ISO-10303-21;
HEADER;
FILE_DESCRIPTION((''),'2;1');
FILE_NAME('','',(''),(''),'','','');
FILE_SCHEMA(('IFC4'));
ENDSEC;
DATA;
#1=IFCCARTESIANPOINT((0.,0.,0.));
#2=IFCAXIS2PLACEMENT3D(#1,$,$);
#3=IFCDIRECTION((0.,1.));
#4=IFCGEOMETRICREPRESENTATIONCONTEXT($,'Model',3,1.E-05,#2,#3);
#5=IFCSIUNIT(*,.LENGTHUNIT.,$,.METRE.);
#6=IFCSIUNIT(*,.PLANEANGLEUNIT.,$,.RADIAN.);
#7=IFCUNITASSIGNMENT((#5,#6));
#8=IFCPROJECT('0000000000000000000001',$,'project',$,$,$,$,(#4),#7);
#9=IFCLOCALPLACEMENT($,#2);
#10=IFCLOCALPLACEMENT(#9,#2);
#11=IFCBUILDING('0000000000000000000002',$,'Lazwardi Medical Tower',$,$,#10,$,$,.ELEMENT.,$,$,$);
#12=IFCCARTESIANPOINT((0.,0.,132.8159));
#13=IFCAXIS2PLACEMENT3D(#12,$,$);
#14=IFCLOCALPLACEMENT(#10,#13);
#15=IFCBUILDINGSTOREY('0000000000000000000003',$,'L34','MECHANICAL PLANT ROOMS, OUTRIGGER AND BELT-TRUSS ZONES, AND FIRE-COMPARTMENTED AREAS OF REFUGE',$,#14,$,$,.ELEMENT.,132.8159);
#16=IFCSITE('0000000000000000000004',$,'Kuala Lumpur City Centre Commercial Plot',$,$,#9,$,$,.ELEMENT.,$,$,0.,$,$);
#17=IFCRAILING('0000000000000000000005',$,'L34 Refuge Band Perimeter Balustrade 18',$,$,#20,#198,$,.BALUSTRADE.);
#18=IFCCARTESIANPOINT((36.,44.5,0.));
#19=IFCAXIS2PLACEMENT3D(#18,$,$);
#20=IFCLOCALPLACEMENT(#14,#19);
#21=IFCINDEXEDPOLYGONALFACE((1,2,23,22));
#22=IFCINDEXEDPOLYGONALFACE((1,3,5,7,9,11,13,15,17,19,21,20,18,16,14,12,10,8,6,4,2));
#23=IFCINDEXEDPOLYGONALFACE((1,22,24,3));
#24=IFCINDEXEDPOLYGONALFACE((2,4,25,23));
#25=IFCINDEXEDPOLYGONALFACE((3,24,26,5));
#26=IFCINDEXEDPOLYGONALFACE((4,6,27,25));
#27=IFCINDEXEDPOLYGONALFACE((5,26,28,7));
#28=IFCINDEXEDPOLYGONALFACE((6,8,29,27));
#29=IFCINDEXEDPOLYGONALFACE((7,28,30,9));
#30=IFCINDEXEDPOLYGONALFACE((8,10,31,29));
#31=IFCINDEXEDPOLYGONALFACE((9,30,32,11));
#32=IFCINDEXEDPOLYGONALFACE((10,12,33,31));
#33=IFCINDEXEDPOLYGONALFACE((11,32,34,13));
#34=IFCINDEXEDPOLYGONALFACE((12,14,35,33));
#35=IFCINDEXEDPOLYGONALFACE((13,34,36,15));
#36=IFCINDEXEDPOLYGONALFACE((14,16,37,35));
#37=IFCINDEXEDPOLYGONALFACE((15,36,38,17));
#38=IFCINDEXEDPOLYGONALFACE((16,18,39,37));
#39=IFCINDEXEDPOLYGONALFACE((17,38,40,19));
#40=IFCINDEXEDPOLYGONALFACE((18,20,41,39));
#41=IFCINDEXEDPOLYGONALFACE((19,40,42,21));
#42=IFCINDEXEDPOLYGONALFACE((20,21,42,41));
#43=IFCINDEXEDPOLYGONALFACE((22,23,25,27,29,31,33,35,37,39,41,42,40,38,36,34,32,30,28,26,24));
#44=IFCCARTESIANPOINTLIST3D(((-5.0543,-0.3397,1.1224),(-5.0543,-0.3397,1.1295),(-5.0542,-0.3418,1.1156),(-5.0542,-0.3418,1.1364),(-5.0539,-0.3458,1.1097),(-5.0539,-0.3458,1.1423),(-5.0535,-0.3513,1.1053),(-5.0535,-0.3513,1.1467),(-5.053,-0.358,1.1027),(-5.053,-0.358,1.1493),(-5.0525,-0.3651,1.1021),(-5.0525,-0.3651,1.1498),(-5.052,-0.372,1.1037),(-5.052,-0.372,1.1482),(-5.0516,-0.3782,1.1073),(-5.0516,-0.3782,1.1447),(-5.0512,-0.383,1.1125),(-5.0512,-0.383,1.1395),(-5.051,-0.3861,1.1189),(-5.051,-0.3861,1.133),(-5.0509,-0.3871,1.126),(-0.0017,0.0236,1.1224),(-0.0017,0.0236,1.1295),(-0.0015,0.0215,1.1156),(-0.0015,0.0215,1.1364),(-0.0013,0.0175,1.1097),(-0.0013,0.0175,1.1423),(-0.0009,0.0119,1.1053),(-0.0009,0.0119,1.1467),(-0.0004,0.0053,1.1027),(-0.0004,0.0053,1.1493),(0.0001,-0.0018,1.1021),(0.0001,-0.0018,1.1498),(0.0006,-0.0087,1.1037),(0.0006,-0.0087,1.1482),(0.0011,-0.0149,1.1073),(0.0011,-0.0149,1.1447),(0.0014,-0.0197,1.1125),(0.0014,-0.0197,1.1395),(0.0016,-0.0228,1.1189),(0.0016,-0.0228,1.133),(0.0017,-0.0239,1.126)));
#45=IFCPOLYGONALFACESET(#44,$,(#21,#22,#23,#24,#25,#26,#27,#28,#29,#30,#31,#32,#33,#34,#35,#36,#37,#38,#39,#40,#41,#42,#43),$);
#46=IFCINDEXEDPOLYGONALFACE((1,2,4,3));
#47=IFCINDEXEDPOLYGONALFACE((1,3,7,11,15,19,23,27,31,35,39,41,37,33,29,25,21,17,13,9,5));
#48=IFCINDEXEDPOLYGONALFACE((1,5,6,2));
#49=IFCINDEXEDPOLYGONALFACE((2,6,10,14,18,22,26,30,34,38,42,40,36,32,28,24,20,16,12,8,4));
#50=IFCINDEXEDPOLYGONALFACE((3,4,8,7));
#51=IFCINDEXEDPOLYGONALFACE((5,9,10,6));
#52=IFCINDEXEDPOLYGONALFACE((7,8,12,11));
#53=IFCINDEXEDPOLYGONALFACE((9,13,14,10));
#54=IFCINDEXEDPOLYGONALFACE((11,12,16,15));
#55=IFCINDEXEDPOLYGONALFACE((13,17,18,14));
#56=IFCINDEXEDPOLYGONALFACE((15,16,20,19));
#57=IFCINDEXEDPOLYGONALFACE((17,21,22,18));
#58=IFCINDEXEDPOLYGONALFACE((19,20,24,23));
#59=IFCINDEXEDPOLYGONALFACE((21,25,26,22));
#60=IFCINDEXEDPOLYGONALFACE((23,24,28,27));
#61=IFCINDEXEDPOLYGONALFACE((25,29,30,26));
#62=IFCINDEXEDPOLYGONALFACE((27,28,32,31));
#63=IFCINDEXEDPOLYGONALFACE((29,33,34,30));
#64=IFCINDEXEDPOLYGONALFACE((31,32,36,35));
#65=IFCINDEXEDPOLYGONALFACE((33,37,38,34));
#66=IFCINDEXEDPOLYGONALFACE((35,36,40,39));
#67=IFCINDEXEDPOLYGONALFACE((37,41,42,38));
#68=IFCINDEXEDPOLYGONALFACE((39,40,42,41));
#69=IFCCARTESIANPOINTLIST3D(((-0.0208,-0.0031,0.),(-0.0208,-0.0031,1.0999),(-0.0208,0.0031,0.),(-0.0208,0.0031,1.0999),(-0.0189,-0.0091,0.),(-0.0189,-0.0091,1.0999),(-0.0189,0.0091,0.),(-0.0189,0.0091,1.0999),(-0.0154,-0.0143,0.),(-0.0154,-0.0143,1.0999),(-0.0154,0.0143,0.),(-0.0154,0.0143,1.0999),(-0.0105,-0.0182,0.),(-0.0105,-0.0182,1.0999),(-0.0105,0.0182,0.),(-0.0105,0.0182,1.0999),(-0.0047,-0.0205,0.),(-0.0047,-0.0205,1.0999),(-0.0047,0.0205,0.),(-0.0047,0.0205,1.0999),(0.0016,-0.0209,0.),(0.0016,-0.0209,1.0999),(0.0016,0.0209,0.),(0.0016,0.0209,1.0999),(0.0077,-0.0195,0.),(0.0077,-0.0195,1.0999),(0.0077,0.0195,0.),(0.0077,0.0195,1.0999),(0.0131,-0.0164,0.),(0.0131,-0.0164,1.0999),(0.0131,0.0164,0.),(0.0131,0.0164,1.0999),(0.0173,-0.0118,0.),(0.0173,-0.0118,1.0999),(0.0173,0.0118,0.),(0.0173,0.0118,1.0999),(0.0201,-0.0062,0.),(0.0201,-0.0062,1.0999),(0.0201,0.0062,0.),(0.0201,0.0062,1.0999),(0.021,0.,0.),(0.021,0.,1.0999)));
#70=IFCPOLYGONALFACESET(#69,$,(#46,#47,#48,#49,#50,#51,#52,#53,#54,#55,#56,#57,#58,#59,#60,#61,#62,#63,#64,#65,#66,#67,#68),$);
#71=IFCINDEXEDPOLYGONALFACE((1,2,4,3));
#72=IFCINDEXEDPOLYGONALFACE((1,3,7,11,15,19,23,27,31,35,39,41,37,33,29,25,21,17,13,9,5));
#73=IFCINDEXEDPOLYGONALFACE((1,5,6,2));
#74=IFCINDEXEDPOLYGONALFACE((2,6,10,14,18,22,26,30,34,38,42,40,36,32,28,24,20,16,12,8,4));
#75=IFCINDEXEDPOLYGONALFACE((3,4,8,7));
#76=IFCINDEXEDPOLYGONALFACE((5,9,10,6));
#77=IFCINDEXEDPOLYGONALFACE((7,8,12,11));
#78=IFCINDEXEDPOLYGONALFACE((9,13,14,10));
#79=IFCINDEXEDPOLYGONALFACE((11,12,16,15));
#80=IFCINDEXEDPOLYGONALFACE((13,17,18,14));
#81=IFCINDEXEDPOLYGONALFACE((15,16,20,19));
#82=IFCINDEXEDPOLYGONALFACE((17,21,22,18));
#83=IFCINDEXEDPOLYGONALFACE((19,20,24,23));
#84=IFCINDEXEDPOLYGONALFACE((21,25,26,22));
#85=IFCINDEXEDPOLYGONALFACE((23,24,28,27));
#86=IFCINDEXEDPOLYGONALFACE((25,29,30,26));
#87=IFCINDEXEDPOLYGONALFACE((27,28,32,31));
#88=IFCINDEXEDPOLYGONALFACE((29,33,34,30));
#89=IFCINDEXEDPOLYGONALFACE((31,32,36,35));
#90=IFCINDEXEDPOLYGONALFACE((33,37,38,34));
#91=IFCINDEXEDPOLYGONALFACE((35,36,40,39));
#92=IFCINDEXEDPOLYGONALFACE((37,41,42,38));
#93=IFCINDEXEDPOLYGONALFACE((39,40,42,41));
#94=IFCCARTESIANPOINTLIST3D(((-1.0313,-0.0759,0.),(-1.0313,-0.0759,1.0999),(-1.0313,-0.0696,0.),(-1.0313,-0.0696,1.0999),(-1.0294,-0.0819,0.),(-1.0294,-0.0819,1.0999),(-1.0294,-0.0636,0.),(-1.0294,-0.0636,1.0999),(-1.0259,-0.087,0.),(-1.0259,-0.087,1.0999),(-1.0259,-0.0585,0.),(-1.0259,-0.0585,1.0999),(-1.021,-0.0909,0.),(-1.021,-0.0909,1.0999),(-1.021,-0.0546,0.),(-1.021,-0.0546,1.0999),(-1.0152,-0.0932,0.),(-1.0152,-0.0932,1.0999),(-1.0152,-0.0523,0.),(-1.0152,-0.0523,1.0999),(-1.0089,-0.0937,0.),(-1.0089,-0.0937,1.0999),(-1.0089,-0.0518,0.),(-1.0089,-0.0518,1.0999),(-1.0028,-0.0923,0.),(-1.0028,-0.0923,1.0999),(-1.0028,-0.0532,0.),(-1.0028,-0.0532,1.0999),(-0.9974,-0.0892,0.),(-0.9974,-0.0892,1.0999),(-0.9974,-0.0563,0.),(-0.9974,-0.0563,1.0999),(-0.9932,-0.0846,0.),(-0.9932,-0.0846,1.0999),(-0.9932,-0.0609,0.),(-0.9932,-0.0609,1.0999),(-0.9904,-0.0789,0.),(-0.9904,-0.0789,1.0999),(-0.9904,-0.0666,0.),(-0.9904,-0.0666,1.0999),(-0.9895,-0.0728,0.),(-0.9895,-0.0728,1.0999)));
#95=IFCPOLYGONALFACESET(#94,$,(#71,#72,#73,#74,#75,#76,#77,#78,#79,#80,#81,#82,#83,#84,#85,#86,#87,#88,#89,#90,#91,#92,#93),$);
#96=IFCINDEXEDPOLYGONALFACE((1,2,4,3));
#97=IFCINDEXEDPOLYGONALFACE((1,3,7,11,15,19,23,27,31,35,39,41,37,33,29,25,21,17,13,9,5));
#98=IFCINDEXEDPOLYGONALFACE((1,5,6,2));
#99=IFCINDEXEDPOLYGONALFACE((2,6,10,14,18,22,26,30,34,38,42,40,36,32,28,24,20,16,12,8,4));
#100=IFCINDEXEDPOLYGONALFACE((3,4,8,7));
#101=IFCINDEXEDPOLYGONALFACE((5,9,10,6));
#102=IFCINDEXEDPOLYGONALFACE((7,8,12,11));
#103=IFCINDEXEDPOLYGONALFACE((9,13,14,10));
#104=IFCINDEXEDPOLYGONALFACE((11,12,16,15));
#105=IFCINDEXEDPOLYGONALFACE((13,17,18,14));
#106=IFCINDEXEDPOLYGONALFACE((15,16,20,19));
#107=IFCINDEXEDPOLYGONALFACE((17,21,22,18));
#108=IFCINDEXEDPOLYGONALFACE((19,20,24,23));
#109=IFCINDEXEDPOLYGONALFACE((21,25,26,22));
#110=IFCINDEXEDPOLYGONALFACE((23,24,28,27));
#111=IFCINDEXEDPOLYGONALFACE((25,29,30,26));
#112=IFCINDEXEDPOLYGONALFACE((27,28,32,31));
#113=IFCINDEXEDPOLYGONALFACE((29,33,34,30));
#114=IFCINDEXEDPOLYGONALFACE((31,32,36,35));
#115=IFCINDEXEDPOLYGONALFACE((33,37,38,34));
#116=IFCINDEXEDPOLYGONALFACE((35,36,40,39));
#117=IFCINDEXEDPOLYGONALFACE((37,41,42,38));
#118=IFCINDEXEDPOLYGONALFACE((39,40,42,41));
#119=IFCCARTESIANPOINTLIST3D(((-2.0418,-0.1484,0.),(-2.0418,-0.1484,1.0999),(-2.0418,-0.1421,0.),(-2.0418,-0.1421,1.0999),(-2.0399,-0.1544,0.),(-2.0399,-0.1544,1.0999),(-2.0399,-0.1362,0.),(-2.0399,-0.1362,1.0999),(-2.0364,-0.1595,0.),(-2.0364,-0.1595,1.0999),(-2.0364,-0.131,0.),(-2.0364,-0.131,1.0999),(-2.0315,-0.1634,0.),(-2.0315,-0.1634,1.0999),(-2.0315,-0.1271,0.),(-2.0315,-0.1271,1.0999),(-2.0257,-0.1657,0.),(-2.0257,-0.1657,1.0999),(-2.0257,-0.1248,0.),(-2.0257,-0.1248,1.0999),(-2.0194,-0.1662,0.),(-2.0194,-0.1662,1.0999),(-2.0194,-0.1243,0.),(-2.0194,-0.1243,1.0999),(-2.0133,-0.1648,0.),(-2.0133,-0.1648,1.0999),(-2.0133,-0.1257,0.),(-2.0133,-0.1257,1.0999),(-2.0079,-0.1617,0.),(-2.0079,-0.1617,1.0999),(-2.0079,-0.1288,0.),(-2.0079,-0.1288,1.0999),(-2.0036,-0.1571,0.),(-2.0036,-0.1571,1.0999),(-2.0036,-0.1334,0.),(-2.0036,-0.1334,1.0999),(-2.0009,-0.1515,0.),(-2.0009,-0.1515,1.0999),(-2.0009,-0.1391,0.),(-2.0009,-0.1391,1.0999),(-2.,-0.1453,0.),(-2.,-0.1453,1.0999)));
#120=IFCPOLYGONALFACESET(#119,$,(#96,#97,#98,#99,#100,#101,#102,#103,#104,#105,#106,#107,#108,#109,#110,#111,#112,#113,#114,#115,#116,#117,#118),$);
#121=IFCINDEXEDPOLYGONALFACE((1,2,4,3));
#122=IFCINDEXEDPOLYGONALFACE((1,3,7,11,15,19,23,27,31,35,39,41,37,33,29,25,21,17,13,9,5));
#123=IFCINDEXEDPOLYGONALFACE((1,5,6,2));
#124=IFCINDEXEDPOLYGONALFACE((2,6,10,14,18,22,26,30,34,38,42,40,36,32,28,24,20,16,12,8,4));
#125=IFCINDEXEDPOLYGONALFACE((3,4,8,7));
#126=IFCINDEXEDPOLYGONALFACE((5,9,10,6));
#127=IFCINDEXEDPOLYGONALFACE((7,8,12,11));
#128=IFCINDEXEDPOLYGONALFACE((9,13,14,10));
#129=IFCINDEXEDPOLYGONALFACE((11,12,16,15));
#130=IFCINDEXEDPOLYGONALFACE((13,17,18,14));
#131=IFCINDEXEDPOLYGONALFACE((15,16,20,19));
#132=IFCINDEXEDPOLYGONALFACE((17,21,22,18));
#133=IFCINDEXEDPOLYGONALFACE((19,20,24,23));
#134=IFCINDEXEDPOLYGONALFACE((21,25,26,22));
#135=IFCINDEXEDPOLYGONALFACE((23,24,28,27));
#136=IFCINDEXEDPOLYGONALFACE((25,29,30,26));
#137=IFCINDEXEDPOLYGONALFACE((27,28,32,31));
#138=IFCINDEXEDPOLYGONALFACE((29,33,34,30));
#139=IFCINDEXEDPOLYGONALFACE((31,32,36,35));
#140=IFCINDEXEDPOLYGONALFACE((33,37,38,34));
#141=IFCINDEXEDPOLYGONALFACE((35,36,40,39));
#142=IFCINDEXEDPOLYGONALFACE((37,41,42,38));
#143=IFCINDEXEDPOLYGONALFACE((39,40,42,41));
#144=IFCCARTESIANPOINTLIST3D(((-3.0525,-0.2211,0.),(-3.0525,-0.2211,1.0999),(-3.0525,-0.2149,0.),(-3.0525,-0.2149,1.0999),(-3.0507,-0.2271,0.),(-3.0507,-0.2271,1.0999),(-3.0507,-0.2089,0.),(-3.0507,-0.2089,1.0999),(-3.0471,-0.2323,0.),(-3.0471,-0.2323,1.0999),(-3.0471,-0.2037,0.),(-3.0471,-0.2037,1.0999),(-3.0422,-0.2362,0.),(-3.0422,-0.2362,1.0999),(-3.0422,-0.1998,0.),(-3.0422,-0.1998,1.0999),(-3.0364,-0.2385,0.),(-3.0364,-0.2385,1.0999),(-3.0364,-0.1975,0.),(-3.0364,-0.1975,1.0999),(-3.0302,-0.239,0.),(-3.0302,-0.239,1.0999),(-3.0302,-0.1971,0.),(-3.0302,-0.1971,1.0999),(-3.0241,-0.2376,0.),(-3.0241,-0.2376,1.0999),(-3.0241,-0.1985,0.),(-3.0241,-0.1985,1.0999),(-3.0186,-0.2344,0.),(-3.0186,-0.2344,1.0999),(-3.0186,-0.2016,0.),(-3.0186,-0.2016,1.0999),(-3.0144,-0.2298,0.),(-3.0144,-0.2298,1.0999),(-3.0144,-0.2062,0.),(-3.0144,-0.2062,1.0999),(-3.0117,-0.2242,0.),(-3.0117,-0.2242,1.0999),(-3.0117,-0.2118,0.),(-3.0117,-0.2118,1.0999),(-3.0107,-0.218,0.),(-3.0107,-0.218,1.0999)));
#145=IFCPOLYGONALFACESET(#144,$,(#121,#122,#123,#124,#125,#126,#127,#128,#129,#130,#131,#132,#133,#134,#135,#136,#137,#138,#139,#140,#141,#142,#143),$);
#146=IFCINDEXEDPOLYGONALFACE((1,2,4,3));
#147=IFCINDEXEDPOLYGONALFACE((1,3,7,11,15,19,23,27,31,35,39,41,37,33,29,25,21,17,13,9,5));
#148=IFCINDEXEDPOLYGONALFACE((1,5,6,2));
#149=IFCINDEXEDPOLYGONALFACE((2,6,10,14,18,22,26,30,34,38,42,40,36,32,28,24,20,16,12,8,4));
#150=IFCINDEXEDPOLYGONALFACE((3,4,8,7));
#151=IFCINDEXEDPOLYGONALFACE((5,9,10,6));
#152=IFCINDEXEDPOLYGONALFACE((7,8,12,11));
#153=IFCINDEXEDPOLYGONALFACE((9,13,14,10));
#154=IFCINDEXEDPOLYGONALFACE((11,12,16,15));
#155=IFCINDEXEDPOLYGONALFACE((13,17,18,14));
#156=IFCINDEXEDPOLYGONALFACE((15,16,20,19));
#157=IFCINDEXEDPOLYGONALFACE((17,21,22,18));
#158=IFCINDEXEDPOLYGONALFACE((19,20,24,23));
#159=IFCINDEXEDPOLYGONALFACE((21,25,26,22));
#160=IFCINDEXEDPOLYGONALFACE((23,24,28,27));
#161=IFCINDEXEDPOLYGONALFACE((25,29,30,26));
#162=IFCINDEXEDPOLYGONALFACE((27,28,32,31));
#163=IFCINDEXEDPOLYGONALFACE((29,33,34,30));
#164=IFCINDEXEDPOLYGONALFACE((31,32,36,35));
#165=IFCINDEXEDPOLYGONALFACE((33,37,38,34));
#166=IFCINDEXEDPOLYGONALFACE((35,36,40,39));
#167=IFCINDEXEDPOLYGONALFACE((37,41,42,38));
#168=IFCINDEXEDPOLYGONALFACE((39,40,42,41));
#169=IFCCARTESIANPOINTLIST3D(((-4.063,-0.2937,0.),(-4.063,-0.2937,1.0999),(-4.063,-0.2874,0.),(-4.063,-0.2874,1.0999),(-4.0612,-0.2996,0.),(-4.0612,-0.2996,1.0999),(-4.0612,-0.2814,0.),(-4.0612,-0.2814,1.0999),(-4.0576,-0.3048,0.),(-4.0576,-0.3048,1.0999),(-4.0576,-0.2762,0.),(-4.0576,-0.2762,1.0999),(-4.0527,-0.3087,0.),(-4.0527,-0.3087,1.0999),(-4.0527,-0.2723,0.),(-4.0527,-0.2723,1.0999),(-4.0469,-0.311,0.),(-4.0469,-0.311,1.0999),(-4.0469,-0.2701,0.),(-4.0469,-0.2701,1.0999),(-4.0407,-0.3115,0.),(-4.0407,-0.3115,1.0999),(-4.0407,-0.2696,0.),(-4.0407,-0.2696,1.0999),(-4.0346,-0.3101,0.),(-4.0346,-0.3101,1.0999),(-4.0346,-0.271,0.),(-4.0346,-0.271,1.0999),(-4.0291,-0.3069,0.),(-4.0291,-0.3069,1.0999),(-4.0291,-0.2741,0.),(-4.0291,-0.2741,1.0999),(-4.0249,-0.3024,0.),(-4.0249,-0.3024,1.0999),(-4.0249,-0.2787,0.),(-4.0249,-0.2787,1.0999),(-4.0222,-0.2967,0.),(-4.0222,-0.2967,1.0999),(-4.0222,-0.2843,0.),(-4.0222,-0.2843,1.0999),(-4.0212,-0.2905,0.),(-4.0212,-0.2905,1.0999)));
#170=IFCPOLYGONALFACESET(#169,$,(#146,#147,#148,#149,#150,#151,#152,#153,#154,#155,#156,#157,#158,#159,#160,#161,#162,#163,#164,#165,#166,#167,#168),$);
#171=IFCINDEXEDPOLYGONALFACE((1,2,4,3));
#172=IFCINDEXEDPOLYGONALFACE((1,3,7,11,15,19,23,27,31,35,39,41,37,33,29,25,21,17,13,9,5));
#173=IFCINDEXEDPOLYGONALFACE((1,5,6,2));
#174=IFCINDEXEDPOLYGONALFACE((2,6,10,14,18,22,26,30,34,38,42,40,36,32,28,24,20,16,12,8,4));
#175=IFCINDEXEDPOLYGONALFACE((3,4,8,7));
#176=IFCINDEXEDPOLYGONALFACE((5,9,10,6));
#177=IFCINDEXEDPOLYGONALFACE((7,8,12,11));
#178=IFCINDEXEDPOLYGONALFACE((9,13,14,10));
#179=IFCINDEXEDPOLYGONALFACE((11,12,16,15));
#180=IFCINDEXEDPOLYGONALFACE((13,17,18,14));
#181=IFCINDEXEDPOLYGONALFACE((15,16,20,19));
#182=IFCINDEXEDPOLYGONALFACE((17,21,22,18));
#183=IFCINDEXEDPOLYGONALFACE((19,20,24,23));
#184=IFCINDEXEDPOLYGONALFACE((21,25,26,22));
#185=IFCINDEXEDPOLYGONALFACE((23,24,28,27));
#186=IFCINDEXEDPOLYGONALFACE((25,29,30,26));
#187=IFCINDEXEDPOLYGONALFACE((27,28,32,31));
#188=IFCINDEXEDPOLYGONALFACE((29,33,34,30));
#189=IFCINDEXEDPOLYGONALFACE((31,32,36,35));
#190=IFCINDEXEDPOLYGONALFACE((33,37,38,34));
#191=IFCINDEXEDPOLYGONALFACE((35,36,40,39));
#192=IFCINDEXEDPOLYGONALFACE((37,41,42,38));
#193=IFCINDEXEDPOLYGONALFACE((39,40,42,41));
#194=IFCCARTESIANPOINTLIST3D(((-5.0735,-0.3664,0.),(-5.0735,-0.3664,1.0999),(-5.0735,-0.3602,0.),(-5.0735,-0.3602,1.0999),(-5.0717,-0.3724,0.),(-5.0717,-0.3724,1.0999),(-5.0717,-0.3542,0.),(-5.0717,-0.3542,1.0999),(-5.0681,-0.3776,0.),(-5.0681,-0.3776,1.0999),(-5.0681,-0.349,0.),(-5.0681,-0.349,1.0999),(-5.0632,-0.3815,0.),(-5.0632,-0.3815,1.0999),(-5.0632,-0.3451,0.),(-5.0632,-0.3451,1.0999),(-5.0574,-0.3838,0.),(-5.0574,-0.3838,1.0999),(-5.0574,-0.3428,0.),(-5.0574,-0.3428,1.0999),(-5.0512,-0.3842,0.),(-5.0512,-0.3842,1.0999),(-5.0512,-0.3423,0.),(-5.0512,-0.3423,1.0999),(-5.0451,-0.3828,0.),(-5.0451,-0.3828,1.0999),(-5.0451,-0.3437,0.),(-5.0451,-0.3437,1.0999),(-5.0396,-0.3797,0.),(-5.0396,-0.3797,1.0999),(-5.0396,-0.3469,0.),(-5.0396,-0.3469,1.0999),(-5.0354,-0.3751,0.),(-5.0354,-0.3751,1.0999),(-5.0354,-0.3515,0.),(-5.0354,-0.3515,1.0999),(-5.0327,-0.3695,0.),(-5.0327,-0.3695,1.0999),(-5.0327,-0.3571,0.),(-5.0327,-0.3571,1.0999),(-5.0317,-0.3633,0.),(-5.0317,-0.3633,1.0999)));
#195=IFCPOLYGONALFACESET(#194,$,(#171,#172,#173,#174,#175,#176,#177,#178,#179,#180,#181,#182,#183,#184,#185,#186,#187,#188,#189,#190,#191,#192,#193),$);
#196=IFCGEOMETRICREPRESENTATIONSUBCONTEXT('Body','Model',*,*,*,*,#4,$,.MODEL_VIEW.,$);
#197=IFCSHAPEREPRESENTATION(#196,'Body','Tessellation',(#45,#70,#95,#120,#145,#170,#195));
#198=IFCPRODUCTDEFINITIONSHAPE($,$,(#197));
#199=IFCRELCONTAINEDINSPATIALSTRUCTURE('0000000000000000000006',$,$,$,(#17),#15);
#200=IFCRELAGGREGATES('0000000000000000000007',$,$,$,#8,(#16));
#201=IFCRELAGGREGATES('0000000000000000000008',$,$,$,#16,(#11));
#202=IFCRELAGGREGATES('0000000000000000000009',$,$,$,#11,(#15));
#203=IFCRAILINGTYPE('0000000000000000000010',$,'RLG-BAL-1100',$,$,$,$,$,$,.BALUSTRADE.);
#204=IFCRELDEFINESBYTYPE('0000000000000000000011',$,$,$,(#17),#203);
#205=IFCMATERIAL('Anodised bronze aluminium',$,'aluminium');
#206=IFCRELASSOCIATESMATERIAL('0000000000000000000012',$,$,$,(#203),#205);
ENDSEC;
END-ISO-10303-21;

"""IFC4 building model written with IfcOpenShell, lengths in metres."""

from ifc_helpers import new_model, si_unit, direction, frame, origin, origin_2d, place, context, subcontext, project, spatial, circle, extrude, material, type_object, element, save


model = new_model("IFC4")

# Units and contexts
model_context = context("Model", 3, precision=1e-05, world=origin(), true_north=direction((0.0, 1.0)))
body_context = subcontext(model_context, "Body", "Model", "MODEL_VIEW")
ifc_project = project(units=[si_unit("LENGTHUNIT", "METRE"), si_unit("PLANEANGLEUNIT", "RADIAN")], contexts=[model_context])

# Site, building, storey
site_placement = place(None, origin())
site = spatial("IfcSite", under=ifc_project, at=site_placement, Name="Kuala Lumpur City Centre Commercial Plot", CompositionType="ELEMENT", RefElevation=0.0)
building_placement = place(site_placement, origin())
building = spatial("IfcBuilding", under=site, at=building_placement, Name="Lazwardi Medical Tower", CompositionType="ELEMENT")
storey_placement = place(building_placement, frame((0.0, 0.0, 132.8159)))
storey = spatial("IfcBuildingStorey", under=building, at=storey_placement, Name="L34", Description="MECHANICAL PLANT ROOMS, OUTRIGGER AND BELT-TRUSS ZONES, AND FIRE-COMPARTMENTED AREAS OF REFUGE", CompositionType="ELEMENT", Elevation=132.8159)

# Railing
ifc_material_1 = material(Name="Anodised bronze aluminium", Category="aluminium")
railing_type = type_object("IfcRailingType", Name="RLG-BAL-1100", PredefinedType="BALUSTRADE", material=ifc_material_1)
railing_1_placement = place(storey_placement, frame((36.0, 44.5, 0.0)))
element("IfcRailing", 1, at=railing_1_placement, inside=storey, type_object=railing_type, Name="L34 Refuge Band Perimeter Balustrade 18", PredefinedType="BALUSTRADE", context=body_context, shape_type="SweptSolid", body=[
    extrude(circle(Radius=0.0239, at=origin_2d()), frame((0.0, 0.0, 1.126), z_axis=(-0.997425, -0.071713, 0.0), x_axis=(0.071713, -0.997425, 0.0)), (0.0, 0.0, 1.0), 5.0657),
    extrude(circle(Radius=0.021, at=origin_2d()), origin(), (0.0, 0.0, 1.0), 1.0999),
    extrude(circle(Radius=0.021, at=origin_2d()), frame((-1.0105, -0.0728, 0.0)), (0.0, 0.0, 1.0), 1.0999),
    extrude(circle(Radius=0.021, at=origin_2d()), frame((-2.021, -0.1453, 0.0)), (0.0, 0.0, 1.0), 1.0999),
    extrude(circle(Radius=0.021, at=origin_2d()), frame((-3.0317, -0.218, 0.0)), (0.0, 0.0, 1.0), 1.0999),
    extrude(circle(Radius=0.021, at=origin_2d()), frame((-4.0422, -0.2905, 0.0)), (0.0, 0.0, 1.0), 1.0999),
    extrude(circle(Radius=0.021, at=origin_2d()), frame((-5.0527, -0.3633, 0.0)), (0.0, 0.0, 1.0), 1.0999),
])

save(model, "model.ifc")
